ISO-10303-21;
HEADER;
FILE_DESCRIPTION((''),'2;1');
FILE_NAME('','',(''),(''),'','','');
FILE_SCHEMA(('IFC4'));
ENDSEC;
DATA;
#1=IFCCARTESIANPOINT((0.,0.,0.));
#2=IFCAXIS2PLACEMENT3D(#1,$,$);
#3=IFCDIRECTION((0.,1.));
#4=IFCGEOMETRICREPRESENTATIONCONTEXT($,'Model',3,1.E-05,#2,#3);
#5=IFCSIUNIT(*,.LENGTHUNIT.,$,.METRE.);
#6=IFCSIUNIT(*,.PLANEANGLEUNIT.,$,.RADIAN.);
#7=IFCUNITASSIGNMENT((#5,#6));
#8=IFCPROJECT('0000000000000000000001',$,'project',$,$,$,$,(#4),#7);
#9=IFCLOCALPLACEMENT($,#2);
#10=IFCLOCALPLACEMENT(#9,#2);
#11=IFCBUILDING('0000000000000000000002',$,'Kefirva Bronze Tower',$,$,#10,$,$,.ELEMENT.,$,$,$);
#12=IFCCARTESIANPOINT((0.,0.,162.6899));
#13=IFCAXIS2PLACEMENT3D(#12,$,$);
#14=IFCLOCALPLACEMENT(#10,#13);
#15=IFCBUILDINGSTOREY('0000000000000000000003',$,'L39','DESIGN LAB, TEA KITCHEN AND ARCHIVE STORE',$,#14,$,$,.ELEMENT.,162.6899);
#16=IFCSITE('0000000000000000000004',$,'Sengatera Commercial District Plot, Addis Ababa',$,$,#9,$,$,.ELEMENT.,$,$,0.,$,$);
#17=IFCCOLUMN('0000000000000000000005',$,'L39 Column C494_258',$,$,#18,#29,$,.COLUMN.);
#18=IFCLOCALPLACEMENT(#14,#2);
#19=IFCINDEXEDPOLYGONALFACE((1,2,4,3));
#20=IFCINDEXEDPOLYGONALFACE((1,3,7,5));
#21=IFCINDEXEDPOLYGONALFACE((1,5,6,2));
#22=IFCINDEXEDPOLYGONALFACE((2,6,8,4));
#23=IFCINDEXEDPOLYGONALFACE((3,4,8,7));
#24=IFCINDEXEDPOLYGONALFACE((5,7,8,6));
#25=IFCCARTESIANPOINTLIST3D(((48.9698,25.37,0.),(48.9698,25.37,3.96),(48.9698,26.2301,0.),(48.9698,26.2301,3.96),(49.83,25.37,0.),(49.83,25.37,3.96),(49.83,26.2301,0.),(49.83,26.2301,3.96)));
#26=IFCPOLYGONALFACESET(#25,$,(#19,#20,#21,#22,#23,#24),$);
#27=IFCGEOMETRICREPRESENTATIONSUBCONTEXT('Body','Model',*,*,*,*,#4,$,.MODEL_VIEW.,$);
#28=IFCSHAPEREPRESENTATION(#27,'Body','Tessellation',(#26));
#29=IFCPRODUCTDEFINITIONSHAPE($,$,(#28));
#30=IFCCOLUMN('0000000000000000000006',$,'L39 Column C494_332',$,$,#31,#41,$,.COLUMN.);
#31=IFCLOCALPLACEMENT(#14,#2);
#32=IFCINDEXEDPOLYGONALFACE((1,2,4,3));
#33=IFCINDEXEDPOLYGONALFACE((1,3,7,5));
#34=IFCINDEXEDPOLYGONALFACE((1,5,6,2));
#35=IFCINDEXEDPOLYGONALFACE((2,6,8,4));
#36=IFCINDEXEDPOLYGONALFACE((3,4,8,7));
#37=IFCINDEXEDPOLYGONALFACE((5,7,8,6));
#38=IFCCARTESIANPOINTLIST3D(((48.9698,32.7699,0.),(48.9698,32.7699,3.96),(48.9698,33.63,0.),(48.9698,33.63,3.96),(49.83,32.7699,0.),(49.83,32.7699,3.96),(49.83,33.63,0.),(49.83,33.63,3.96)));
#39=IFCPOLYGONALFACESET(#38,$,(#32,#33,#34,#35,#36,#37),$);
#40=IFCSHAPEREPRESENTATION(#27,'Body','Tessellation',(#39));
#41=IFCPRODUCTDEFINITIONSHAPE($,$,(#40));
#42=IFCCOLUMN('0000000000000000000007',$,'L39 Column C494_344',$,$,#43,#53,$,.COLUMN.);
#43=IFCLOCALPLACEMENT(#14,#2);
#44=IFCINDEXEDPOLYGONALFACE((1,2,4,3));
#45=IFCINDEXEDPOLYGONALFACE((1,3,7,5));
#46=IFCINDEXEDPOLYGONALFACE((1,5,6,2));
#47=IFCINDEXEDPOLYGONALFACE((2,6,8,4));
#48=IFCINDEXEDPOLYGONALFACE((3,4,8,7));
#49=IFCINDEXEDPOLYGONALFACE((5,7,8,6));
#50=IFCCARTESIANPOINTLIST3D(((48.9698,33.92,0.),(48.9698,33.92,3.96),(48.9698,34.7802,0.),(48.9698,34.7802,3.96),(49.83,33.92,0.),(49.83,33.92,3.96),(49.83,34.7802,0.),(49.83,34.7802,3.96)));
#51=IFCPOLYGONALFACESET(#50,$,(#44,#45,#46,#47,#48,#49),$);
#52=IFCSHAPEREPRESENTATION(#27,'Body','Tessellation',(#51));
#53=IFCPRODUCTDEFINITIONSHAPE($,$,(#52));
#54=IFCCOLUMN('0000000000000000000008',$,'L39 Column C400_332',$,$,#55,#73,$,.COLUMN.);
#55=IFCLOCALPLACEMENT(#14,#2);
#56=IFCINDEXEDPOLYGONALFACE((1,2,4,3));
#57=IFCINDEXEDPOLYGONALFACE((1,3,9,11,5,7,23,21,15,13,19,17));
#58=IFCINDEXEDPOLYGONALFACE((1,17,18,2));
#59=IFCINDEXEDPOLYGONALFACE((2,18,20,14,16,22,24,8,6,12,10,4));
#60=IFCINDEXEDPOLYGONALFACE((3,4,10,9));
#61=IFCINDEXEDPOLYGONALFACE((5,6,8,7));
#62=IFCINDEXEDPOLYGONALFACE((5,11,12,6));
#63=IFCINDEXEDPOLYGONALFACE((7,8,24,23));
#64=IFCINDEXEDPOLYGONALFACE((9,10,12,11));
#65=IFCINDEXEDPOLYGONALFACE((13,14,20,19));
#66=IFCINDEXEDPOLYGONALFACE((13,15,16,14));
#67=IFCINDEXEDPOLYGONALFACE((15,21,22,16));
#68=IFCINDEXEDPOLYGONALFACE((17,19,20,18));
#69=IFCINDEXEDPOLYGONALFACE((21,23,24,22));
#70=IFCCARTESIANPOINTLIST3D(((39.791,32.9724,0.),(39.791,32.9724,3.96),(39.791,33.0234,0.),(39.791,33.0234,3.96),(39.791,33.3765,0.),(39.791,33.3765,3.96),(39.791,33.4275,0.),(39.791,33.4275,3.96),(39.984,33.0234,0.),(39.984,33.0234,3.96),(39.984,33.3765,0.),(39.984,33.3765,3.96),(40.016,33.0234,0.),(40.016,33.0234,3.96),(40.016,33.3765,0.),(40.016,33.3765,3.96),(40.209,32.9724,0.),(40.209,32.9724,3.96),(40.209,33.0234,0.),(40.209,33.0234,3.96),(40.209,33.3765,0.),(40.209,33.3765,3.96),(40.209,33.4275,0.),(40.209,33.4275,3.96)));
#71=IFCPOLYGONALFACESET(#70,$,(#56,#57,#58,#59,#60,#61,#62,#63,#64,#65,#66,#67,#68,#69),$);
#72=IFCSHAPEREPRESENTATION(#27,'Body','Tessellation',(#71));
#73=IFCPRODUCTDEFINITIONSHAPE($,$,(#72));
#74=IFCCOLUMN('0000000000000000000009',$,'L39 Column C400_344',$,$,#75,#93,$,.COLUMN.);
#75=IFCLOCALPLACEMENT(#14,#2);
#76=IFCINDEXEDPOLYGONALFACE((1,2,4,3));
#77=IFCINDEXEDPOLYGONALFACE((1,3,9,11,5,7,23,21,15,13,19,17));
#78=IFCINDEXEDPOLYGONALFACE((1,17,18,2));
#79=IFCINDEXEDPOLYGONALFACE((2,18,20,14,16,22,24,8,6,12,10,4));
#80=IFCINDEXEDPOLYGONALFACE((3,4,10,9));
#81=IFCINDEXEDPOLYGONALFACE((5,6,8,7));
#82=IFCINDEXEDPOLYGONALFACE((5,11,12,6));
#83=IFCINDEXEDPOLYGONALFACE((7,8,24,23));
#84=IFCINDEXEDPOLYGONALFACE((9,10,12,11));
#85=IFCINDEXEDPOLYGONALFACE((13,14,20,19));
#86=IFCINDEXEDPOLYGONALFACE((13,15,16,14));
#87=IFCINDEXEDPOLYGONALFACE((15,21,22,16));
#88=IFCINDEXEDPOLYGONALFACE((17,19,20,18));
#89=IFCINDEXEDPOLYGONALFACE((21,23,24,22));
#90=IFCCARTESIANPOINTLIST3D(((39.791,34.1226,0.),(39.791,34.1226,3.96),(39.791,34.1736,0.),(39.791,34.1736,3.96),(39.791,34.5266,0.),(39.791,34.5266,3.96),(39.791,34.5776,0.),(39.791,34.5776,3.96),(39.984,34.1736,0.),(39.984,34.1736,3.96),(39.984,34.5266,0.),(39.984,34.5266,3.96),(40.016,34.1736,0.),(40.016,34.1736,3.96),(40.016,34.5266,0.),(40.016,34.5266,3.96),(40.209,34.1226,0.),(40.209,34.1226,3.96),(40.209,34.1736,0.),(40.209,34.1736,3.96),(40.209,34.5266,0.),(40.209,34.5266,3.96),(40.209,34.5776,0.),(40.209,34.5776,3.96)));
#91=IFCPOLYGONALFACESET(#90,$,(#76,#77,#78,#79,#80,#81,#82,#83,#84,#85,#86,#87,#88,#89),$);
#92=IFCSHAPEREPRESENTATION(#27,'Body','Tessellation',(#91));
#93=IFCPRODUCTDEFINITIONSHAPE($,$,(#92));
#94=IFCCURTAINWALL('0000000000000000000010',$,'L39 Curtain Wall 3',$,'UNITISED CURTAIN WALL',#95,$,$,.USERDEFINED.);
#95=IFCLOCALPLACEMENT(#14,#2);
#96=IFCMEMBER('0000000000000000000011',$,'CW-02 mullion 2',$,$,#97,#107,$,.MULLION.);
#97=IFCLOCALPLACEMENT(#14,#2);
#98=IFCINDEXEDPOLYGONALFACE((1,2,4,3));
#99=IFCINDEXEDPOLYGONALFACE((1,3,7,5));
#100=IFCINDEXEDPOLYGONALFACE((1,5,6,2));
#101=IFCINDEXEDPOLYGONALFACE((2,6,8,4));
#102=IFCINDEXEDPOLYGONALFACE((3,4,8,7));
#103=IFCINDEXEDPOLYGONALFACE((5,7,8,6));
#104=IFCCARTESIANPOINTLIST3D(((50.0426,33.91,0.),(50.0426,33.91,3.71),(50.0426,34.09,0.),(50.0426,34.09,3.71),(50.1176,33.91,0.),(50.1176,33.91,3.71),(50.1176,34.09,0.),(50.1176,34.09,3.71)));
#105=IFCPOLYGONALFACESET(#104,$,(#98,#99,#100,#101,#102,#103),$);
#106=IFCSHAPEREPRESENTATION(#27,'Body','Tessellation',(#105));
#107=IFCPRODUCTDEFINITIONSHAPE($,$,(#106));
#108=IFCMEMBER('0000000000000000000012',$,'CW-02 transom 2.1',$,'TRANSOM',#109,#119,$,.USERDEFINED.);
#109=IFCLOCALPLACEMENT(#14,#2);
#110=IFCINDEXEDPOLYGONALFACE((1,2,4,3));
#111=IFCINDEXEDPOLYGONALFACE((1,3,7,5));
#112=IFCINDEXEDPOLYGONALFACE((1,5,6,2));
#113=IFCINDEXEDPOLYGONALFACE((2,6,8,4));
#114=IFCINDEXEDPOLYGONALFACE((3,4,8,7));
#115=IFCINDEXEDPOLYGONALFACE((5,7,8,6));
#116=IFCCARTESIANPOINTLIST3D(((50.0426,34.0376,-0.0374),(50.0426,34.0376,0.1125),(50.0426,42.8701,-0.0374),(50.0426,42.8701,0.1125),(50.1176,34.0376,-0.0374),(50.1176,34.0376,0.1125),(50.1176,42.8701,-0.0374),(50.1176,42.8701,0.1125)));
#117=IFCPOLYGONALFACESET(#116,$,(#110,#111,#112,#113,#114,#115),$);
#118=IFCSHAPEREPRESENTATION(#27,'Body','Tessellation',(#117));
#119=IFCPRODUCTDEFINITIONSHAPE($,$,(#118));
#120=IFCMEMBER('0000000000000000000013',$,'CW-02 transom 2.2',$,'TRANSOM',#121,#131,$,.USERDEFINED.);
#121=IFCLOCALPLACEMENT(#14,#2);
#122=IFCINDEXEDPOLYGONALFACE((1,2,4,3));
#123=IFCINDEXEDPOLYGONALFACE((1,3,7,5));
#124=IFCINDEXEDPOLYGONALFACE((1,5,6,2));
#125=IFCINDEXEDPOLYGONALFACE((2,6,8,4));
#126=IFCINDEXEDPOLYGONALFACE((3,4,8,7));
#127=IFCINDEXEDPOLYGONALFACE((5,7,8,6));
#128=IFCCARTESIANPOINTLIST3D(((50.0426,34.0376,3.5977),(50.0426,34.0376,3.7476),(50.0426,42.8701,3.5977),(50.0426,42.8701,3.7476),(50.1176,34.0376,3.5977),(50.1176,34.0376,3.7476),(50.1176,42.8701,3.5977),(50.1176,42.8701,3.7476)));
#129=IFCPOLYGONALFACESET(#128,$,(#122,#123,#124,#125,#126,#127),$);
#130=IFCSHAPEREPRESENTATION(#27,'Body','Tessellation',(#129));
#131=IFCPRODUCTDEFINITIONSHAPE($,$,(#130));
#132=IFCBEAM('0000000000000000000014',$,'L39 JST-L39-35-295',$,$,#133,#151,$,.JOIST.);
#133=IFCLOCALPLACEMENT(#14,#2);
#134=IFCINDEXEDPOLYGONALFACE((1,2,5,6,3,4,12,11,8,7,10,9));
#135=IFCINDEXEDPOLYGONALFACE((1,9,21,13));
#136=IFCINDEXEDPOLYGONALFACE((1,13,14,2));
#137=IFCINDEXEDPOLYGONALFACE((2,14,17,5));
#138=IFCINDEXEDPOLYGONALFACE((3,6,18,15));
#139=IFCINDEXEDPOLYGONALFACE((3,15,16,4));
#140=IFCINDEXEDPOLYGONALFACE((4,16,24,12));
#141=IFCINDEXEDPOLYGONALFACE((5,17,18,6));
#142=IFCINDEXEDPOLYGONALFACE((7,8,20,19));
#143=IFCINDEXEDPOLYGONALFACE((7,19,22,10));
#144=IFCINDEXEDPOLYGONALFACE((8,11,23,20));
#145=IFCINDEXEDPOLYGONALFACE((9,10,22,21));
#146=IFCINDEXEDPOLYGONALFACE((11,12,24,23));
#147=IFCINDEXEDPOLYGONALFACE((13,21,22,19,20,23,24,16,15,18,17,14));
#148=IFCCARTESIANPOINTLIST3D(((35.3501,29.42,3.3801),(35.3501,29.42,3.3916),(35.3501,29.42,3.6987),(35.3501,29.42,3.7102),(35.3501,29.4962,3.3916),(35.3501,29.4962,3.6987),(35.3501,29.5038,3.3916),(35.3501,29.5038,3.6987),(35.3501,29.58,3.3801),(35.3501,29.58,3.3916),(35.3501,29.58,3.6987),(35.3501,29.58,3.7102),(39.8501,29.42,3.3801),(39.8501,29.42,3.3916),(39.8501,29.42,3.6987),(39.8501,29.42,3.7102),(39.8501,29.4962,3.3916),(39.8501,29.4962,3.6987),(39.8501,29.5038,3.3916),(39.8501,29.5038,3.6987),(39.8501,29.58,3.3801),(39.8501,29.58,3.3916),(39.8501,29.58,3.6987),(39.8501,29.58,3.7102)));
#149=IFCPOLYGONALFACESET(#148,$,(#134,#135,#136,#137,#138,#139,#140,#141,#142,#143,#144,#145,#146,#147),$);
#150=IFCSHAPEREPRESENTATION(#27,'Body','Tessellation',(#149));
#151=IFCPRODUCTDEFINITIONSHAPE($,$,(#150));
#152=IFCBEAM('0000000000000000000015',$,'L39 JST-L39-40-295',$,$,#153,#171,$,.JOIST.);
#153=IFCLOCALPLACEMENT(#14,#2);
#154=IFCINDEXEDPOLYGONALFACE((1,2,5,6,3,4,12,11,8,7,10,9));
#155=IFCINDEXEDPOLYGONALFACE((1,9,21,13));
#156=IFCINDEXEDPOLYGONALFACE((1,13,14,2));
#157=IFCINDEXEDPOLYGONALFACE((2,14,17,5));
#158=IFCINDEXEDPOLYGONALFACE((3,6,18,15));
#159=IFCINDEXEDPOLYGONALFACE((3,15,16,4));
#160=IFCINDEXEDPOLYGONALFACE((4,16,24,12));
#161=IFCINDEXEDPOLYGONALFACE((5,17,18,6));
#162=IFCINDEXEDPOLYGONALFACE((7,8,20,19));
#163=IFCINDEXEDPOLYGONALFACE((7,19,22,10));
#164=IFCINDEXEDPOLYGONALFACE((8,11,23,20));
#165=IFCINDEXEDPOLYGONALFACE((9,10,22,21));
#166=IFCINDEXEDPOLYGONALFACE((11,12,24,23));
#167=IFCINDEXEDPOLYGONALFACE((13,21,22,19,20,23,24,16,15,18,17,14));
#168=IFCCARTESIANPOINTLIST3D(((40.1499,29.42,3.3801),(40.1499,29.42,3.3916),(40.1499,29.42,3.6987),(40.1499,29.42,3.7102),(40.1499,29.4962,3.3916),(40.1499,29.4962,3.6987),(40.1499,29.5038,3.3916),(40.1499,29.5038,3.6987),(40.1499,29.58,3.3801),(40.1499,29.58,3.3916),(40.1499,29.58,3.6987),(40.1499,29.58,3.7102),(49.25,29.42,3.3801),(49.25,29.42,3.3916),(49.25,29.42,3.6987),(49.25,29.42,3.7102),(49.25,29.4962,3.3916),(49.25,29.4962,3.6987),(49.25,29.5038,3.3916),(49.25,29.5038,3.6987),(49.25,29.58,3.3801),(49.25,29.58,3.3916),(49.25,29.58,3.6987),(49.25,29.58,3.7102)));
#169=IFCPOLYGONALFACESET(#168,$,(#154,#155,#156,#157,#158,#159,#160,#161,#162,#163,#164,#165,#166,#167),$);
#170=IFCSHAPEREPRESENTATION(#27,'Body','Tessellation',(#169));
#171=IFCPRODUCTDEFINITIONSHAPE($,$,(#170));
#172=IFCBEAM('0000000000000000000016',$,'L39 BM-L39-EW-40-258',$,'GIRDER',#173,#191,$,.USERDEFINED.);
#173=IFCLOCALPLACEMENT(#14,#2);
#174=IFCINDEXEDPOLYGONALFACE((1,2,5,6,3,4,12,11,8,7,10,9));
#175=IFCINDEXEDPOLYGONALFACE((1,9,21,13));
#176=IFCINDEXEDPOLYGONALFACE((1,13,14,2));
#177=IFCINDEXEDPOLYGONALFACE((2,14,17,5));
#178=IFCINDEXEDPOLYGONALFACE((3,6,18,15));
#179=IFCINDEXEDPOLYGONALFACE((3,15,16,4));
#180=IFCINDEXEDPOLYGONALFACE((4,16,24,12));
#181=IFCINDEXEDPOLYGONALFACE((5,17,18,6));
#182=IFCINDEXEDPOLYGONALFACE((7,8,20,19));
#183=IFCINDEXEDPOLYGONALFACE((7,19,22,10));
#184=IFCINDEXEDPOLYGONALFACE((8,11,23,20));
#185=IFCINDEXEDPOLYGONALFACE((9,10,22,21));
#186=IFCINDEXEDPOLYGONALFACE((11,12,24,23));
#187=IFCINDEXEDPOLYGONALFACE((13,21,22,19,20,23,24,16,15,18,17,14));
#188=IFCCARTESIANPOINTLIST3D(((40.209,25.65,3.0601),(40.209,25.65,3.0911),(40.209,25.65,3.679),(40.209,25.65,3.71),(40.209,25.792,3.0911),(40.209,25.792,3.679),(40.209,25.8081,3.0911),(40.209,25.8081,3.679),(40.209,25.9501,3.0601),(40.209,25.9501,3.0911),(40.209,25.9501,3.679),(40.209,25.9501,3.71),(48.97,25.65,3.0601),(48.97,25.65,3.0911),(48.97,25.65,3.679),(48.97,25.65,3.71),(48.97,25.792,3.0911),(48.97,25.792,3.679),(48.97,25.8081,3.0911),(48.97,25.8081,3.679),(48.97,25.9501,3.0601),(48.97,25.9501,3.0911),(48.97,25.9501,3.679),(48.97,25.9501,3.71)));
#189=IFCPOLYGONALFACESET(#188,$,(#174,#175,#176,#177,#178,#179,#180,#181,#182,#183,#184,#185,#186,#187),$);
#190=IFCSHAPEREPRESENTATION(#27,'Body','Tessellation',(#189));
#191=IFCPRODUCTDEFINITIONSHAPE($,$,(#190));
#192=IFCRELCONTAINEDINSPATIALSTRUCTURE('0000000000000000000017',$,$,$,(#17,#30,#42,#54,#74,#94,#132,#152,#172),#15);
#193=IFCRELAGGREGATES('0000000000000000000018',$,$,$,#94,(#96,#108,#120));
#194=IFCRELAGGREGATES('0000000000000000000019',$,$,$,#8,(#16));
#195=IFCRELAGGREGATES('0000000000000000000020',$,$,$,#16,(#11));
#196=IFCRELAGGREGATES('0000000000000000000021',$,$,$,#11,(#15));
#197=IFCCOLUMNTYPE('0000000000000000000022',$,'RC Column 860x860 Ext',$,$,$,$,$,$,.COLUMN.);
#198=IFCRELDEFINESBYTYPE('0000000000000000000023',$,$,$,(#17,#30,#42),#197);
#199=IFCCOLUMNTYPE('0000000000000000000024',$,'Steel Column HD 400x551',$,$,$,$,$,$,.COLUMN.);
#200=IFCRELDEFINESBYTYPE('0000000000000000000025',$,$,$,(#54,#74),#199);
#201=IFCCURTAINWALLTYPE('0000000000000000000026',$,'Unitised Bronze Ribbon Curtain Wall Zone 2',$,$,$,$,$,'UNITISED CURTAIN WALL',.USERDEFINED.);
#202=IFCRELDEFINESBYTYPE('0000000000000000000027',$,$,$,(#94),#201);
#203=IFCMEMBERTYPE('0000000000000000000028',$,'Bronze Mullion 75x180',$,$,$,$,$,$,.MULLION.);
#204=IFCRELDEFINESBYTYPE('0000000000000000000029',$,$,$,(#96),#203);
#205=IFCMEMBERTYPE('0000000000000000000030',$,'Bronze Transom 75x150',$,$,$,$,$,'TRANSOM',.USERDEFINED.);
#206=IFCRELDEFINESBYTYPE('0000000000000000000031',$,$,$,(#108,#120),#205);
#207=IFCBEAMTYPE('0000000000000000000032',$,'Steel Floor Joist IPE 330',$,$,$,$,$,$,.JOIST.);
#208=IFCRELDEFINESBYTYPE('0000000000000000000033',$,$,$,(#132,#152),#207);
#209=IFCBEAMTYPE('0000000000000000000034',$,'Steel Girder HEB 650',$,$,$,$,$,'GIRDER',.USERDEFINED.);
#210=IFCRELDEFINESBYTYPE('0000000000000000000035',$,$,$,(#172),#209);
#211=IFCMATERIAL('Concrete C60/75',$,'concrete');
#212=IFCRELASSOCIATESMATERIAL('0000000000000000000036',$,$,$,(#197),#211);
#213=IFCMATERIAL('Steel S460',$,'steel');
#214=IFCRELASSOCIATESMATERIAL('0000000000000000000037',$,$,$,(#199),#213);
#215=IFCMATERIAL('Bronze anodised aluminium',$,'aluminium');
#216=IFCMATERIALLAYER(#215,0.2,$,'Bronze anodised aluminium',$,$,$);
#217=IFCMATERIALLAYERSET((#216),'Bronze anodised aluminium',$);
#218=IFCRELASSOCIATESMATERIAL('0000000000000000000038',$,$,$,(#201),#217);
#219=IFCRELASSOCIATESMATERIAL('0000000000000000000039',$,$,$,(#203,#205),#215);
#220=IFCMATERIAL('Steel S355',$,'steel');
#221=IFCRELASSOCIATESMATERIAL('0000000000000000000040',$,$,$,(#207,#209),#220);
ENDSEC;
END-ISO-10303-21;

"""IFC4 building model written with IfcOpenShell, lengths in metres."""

from ifc_helpers import new_model, si_unit, direction, frame, origin, origin_2d, place, context, subcontext, project, spatial, rectangle, i_section, extrude, material, layer, layer_set, material_profile, profile_set, type_object, element, aggregate, save


model = new_model("IFC4")

# Units and contexts
model_context = context("Model", 3, precision=1e-05, world=origin(), true_north=direction((0.0, 1.0)))
body_context = subcontext(model_context, "Body", "Model", "MODEL_VIEW")
ifc_project = project(units=[si_unit("LENGTHUNIT", "METRE"), si_unit("PLANEANGLEUNIT", "RADIAN")], contexts=[model_context])

# Site, building, storey
site_placement = place(None, origin())
site = spatial("IfcSite", under=ifc_project, at=site_placement, Name="Sengatera Commercial District Plot, Addis Ababa", CompositionType="ELEMENT", RefElevation=0.0)
building_placement = place(site_placement, origin())
building = spatial("IfcBuilding", under=site, at=building_placement, Name="Kefirva Bronze Tower", CompositionType="ELEMENT")
storey_placement = place(building_placement, frame((0.0, 0.0, 162.6899)))
storey = spatial("IfcBuildingStorey", under=building, at=storey_placement, Name="L39", Description="DESIGN LAB, TEA KITCHEN AND ARCHIVE STORE", CompositionType="ELEMENT", Elevation=162.6899)

# Columns
ifc_material_1 = material(Name="Concrete C60/75", Category="concrete")
ifc_material_profile_1 = material_profile(ifc_material_1, rectangle(XDim=0.8601, YDim=0.8601, at=origin_2d()), Name="RC 860x860")
ifc_profile_set_1 = profile_set([ifc_material_profile_1], Name="Concrete C60/75")
column_type_1 = type_object("IfcColumnType", Name="RC Column 860x860 Ext", PredefinedType="COLUMN", material=ifc_profile_set_1)
for number, where, z_axis, x_axis, name in (
    (1, (49.3999, 25.8, 0.0), (0.0, 0.0, 1.0), (1.0, 0.0, 0.0), "L39 Column C494_258"),
    (2, (49.3999, 33.2, 0.0), (0.0, 0.0, 1.0), (1.0, 0.0, 0.0), "L39 Column C494_332"),
    (3, (49.3999, 34.3501, 0.0), (0.0, 0.0, 1.0), (1.0, 0.0, 0.0), "L39 Column C494_344"),
):
    element("IfcColumn", number, at=place(storey_placement, frame(where, z_axis=z_axis, x_axis=x_axis)), inside=storey, type_object=column_type_1, Name=name, PredefinedType="COLUMN", context=body_context, shape_type="SweptSolid", body=[
        extrude(rectangle(XDim=0.8601, YDim=0.8601, at=origin_2d()), origin(), (0.0, 0.0, 1.0), 3.96),
    ])
ifc_material_2 = material(Name="Steel S460", Category="steel")
ifc_material_profile_2 = material_profile(ifc_material_2, i_section(OverallWidth=0.418, OverallDepth=0.4551, WebThickness=0.032, FlangeThickness=0.051, at=origin_2d()), Name="HD 400x551")
ifc_profile_set_2 = profile_set([ifc_material_profile_2], Name="Steel S460")
column_type_2 = type_object("IfcColumnType", Name="Steel Column HD 400x551", PredefinedType="COLUMN", material=ifc_profile_set_2)
for number, where, z_axis, x_axis, name in (
    (4, (40.0, 33.2, 0.0), (0.0, 0.0, 1.0), (1.0, 0.0, 0.0), "L39 Column C400_332"),
    (5, (40.0, 34.3501, 0.0), (0.0, 0.0, 1.0), (1.0, 0.0, 0.0), "L39 Column C400_344"),
):
    element("IfcColumn", number, at=place(storey_placement, frame(where, z_axis=z_axis, x_axis=x_axis)), inside=storey, type_object=column_type_2, Name=name, PredefinedType="COLUMN", context=body_context, shape_type="SweptSolid", body=[
        extrude(i_section(OverallWidth=0.418, OverallDepth=0.4551, WebThickness=0.032, FlangeThickness=0.051, at=origin_2d()), origin(), (0.0, 0.0, 1.0), 3.96),
    ])

# Curtain wall, members
ifc_material_3 = material(Name="Bronze anodised aluminium", Category="aluminium")
ifc_layer_1 = layer(ifc_material_3, 0.2, Name="Bronze anodised aluminium")
ifc_layer_set_1 = layer_set([ifc_layer_1], Name="Bronze anodised aluminium")
curtain_wall_type = type_object("IfcCurtainWallType", Name="Unitised Bronze Ribbon Curtain Wall Zone 2", ElementType="UNITISED CURTAIN WALL", PredefinedType="USERDEFINED", material=ifc_layer_set_1)
curtain_wall_placement = place(storey_placement, origin())
curtain_wall = element("IfcCurtainWall", 6, at=curtain_wall_placement, inside=storey, type_object=curtain_wall_type, Name="L39 Curtain Wall 3", ObjectType="UNITISED CURTAIN WALL", PredefinedType="USERDEFINED")
ifc_material_profile_3 = material_profile(ifc_material_3, rectangle(XDim=0.075, YDim=0.1799, at=origin_2d()), Name="ALU 75x180")
ifc_profile_set_3 = profile_set([ifc_material_profile_3], Name="Bronze anodised aluminium")
member_type_1 = type_object("IfcMemberType", Name="Bronze Mullion 75x180", PredefinedType="MULLION", material=ifc_profile_set_3)
member_1_placement = place(storey_placement, frame((50.0801, 34.0, 0.0), z_axis=(0.0, 0.0, 1.0), x_axis=(-1.0, 0.0, 0.0)))
member_1 = element("IfcMember", 7, at=member_1_placement, type_object=member_type_1, Name="CW-02 mullion 2", PredefinedType="MULLION", context=body_context, shape_type="SweptSolid", body=[
    extrude(rectangle(XDim=0.075, YDim=0.1799, at=origin_2d()), origin(), (0.0, 0.0, 1.0), 3.71),
])
ifc_material_profile_4 = material_profile(ifc_material_3, rectangle(XDim=0.075, YDim=0.1499, at=origin_2d()), Name="ALU 75x150")
ifc_profile_set_4 = profile_set([ifc_material_profile_4], Name="Bronze anodised aluminium")
member_type_2 = type_object("IfcMemberType", Name="Bronze Transom 75x150", ElementType="TRANSOM", PredefinedType="USERDEFINED", material=ifc_profile_set_4)
member_2_placement = place(storey_placement, frame((50.0801, 34.0376, 0.0376), z_axis=(0.0, 1.0, 0.0), x_axis=(-1.0, 0.0, 0.0)))
member_2 = element("IfcMember", 8, at=member_2_placement, type_object=member_type_2, Name="CW-02 transom 2.1", ObjectType="TRANSOM", PredefinedType="USERDEFINED", context=body_context, shape_type="SweptSolid", body=[
    extrude(rectangle(XDim=0.075, YDim=0.1499, at=origin_2d()), origin(), (0.0, 0.0, 1.0), 8.8325),
])
member_3_placement = place(storey_placement, frame((50.0801, 34.0376, 3.6726), z_axis=(0.0, 1.0, 0.0), x_axis=(-1.0, 0.0, 0.0)))
member_3 = element("IfcMember", 9, at=member_3_placement, type_object=member_type_2, Name="CW-02 transom 2.2", ObjectType="TRANSOM", PredefinedType="USERDEFINED", context=body_context, shape_type="SweptSolid", body=[
    extrude(rectangle(XDim=0.075, YDim=0.1499, at=origin_2d()), origin(), (0.0, 0.0, 1.0), 8.8325),
])

# Beams
ifc_material_4 = material(Name="Steel S355", Category="steel")
ifc_material_profile_5 = material_profile(ifc_material_4, i_section(OverallWidth=0.1599, OverallDepth=0.3301, WebThickness=0.0076, FlangeThickness=0.0115, at=origin_2d()), Name="IPE 330")
ifc_profile_set_5 = profile_set([ifc_material_profile_5], Name="Steel S355")
beam_type_1 = type_object("IfcBeamType", Name="Steel Floor Joist IPE 330", PredefinedType="JOIST", material=ifc_profile_set_5)
beam_1_placement = place(storey_placement, frame((35.3501, 29.5, 3.5452), z_axis=(1.0, 0.0, 0.0), x_axis=(0.0, 1.0, 0.0)))
element("IfcBeam", 10, at=beam_1_placement, inside=storey, type_object=beam_type_1, Name="L39 JST-L39-35-295", PredefinedType="JOIST", context=body_context, shape_type="SweptSolid", body=[
    extrude(i_section(OverallWidth=0.1599, OverallDepth=0.3301, WebThickness=0.0076, FlangeThickness=0.0115, at=origin_2d()), origin(), (0.0, 0.0, 1.0), 4.5),
])
beam_2_placement = place(storey_placement, frame((40.1499, 29.5, 3.5452), z_axis=(1.0, 0.0, 0.0), x_axis=(0.0, 1.0, 0.0)))
element("IfcBeam", 11, at=beam_2_placement, inside=storey, type_object=beam_type_1, Name="L39 JST-L39-40-295", PredefinedType="JOIST", context=body_context, shape_type="SweptSolid", body=[
    extrude(i_section(OverallWidth=0.1599, OverallDepth=0.3301, WebThickness=0.0076, FlangeThickness=0.0115, at=origin_2d()), origin(), (0.0, 0.0, 1.0), 9.1001),
])
ifc_material_profile_6 = material_profile(ifc_material_4, i_section(OverallWidth=0.3, OverallDepth=0.6499, WebThickness=0.0161, FlangeThickness=0.031, at=origin_2d()), Name="HEB 650")
ifc_profile_set_6 = profile_set([ifc_material_profile_6], Name="Steel S355")
beam_type_2 = type_object("IfcBeamType", Name="Steel Girder HEB 650", ElementType="GIRDER", PredefinedType="USERDEFINED", material=ifc_profile_set_6)
beam_3_placement = place(storey_placement, frame((40.209, 25.8, 3.385), z_axis=(1.0, 0.0, 0.0), x_axis=(0.0, 1.0, 0.0)))
element("IfcBeam", 12, at=beam_3_placement, inside=storey, type_object=beam_type_2, Name="L39 BM-L39-EW-40-258", ObjectType="GIRDER", PredefinedType="USERDEFINED", context=body_context, shape_type="SweptSolid", body=[
    extrude(i_section(OverallWidth=0.3, OverallDepth=0.6499, WebThickness=0.0161, FlangeThickness=0.031, at=origin_2d()), origin(), (0.0, 0.0, 1.0), 8.761),
])

aggregate(curtain_wall, [member_1, member_2, member_3])

save(model, "model.ifc")
